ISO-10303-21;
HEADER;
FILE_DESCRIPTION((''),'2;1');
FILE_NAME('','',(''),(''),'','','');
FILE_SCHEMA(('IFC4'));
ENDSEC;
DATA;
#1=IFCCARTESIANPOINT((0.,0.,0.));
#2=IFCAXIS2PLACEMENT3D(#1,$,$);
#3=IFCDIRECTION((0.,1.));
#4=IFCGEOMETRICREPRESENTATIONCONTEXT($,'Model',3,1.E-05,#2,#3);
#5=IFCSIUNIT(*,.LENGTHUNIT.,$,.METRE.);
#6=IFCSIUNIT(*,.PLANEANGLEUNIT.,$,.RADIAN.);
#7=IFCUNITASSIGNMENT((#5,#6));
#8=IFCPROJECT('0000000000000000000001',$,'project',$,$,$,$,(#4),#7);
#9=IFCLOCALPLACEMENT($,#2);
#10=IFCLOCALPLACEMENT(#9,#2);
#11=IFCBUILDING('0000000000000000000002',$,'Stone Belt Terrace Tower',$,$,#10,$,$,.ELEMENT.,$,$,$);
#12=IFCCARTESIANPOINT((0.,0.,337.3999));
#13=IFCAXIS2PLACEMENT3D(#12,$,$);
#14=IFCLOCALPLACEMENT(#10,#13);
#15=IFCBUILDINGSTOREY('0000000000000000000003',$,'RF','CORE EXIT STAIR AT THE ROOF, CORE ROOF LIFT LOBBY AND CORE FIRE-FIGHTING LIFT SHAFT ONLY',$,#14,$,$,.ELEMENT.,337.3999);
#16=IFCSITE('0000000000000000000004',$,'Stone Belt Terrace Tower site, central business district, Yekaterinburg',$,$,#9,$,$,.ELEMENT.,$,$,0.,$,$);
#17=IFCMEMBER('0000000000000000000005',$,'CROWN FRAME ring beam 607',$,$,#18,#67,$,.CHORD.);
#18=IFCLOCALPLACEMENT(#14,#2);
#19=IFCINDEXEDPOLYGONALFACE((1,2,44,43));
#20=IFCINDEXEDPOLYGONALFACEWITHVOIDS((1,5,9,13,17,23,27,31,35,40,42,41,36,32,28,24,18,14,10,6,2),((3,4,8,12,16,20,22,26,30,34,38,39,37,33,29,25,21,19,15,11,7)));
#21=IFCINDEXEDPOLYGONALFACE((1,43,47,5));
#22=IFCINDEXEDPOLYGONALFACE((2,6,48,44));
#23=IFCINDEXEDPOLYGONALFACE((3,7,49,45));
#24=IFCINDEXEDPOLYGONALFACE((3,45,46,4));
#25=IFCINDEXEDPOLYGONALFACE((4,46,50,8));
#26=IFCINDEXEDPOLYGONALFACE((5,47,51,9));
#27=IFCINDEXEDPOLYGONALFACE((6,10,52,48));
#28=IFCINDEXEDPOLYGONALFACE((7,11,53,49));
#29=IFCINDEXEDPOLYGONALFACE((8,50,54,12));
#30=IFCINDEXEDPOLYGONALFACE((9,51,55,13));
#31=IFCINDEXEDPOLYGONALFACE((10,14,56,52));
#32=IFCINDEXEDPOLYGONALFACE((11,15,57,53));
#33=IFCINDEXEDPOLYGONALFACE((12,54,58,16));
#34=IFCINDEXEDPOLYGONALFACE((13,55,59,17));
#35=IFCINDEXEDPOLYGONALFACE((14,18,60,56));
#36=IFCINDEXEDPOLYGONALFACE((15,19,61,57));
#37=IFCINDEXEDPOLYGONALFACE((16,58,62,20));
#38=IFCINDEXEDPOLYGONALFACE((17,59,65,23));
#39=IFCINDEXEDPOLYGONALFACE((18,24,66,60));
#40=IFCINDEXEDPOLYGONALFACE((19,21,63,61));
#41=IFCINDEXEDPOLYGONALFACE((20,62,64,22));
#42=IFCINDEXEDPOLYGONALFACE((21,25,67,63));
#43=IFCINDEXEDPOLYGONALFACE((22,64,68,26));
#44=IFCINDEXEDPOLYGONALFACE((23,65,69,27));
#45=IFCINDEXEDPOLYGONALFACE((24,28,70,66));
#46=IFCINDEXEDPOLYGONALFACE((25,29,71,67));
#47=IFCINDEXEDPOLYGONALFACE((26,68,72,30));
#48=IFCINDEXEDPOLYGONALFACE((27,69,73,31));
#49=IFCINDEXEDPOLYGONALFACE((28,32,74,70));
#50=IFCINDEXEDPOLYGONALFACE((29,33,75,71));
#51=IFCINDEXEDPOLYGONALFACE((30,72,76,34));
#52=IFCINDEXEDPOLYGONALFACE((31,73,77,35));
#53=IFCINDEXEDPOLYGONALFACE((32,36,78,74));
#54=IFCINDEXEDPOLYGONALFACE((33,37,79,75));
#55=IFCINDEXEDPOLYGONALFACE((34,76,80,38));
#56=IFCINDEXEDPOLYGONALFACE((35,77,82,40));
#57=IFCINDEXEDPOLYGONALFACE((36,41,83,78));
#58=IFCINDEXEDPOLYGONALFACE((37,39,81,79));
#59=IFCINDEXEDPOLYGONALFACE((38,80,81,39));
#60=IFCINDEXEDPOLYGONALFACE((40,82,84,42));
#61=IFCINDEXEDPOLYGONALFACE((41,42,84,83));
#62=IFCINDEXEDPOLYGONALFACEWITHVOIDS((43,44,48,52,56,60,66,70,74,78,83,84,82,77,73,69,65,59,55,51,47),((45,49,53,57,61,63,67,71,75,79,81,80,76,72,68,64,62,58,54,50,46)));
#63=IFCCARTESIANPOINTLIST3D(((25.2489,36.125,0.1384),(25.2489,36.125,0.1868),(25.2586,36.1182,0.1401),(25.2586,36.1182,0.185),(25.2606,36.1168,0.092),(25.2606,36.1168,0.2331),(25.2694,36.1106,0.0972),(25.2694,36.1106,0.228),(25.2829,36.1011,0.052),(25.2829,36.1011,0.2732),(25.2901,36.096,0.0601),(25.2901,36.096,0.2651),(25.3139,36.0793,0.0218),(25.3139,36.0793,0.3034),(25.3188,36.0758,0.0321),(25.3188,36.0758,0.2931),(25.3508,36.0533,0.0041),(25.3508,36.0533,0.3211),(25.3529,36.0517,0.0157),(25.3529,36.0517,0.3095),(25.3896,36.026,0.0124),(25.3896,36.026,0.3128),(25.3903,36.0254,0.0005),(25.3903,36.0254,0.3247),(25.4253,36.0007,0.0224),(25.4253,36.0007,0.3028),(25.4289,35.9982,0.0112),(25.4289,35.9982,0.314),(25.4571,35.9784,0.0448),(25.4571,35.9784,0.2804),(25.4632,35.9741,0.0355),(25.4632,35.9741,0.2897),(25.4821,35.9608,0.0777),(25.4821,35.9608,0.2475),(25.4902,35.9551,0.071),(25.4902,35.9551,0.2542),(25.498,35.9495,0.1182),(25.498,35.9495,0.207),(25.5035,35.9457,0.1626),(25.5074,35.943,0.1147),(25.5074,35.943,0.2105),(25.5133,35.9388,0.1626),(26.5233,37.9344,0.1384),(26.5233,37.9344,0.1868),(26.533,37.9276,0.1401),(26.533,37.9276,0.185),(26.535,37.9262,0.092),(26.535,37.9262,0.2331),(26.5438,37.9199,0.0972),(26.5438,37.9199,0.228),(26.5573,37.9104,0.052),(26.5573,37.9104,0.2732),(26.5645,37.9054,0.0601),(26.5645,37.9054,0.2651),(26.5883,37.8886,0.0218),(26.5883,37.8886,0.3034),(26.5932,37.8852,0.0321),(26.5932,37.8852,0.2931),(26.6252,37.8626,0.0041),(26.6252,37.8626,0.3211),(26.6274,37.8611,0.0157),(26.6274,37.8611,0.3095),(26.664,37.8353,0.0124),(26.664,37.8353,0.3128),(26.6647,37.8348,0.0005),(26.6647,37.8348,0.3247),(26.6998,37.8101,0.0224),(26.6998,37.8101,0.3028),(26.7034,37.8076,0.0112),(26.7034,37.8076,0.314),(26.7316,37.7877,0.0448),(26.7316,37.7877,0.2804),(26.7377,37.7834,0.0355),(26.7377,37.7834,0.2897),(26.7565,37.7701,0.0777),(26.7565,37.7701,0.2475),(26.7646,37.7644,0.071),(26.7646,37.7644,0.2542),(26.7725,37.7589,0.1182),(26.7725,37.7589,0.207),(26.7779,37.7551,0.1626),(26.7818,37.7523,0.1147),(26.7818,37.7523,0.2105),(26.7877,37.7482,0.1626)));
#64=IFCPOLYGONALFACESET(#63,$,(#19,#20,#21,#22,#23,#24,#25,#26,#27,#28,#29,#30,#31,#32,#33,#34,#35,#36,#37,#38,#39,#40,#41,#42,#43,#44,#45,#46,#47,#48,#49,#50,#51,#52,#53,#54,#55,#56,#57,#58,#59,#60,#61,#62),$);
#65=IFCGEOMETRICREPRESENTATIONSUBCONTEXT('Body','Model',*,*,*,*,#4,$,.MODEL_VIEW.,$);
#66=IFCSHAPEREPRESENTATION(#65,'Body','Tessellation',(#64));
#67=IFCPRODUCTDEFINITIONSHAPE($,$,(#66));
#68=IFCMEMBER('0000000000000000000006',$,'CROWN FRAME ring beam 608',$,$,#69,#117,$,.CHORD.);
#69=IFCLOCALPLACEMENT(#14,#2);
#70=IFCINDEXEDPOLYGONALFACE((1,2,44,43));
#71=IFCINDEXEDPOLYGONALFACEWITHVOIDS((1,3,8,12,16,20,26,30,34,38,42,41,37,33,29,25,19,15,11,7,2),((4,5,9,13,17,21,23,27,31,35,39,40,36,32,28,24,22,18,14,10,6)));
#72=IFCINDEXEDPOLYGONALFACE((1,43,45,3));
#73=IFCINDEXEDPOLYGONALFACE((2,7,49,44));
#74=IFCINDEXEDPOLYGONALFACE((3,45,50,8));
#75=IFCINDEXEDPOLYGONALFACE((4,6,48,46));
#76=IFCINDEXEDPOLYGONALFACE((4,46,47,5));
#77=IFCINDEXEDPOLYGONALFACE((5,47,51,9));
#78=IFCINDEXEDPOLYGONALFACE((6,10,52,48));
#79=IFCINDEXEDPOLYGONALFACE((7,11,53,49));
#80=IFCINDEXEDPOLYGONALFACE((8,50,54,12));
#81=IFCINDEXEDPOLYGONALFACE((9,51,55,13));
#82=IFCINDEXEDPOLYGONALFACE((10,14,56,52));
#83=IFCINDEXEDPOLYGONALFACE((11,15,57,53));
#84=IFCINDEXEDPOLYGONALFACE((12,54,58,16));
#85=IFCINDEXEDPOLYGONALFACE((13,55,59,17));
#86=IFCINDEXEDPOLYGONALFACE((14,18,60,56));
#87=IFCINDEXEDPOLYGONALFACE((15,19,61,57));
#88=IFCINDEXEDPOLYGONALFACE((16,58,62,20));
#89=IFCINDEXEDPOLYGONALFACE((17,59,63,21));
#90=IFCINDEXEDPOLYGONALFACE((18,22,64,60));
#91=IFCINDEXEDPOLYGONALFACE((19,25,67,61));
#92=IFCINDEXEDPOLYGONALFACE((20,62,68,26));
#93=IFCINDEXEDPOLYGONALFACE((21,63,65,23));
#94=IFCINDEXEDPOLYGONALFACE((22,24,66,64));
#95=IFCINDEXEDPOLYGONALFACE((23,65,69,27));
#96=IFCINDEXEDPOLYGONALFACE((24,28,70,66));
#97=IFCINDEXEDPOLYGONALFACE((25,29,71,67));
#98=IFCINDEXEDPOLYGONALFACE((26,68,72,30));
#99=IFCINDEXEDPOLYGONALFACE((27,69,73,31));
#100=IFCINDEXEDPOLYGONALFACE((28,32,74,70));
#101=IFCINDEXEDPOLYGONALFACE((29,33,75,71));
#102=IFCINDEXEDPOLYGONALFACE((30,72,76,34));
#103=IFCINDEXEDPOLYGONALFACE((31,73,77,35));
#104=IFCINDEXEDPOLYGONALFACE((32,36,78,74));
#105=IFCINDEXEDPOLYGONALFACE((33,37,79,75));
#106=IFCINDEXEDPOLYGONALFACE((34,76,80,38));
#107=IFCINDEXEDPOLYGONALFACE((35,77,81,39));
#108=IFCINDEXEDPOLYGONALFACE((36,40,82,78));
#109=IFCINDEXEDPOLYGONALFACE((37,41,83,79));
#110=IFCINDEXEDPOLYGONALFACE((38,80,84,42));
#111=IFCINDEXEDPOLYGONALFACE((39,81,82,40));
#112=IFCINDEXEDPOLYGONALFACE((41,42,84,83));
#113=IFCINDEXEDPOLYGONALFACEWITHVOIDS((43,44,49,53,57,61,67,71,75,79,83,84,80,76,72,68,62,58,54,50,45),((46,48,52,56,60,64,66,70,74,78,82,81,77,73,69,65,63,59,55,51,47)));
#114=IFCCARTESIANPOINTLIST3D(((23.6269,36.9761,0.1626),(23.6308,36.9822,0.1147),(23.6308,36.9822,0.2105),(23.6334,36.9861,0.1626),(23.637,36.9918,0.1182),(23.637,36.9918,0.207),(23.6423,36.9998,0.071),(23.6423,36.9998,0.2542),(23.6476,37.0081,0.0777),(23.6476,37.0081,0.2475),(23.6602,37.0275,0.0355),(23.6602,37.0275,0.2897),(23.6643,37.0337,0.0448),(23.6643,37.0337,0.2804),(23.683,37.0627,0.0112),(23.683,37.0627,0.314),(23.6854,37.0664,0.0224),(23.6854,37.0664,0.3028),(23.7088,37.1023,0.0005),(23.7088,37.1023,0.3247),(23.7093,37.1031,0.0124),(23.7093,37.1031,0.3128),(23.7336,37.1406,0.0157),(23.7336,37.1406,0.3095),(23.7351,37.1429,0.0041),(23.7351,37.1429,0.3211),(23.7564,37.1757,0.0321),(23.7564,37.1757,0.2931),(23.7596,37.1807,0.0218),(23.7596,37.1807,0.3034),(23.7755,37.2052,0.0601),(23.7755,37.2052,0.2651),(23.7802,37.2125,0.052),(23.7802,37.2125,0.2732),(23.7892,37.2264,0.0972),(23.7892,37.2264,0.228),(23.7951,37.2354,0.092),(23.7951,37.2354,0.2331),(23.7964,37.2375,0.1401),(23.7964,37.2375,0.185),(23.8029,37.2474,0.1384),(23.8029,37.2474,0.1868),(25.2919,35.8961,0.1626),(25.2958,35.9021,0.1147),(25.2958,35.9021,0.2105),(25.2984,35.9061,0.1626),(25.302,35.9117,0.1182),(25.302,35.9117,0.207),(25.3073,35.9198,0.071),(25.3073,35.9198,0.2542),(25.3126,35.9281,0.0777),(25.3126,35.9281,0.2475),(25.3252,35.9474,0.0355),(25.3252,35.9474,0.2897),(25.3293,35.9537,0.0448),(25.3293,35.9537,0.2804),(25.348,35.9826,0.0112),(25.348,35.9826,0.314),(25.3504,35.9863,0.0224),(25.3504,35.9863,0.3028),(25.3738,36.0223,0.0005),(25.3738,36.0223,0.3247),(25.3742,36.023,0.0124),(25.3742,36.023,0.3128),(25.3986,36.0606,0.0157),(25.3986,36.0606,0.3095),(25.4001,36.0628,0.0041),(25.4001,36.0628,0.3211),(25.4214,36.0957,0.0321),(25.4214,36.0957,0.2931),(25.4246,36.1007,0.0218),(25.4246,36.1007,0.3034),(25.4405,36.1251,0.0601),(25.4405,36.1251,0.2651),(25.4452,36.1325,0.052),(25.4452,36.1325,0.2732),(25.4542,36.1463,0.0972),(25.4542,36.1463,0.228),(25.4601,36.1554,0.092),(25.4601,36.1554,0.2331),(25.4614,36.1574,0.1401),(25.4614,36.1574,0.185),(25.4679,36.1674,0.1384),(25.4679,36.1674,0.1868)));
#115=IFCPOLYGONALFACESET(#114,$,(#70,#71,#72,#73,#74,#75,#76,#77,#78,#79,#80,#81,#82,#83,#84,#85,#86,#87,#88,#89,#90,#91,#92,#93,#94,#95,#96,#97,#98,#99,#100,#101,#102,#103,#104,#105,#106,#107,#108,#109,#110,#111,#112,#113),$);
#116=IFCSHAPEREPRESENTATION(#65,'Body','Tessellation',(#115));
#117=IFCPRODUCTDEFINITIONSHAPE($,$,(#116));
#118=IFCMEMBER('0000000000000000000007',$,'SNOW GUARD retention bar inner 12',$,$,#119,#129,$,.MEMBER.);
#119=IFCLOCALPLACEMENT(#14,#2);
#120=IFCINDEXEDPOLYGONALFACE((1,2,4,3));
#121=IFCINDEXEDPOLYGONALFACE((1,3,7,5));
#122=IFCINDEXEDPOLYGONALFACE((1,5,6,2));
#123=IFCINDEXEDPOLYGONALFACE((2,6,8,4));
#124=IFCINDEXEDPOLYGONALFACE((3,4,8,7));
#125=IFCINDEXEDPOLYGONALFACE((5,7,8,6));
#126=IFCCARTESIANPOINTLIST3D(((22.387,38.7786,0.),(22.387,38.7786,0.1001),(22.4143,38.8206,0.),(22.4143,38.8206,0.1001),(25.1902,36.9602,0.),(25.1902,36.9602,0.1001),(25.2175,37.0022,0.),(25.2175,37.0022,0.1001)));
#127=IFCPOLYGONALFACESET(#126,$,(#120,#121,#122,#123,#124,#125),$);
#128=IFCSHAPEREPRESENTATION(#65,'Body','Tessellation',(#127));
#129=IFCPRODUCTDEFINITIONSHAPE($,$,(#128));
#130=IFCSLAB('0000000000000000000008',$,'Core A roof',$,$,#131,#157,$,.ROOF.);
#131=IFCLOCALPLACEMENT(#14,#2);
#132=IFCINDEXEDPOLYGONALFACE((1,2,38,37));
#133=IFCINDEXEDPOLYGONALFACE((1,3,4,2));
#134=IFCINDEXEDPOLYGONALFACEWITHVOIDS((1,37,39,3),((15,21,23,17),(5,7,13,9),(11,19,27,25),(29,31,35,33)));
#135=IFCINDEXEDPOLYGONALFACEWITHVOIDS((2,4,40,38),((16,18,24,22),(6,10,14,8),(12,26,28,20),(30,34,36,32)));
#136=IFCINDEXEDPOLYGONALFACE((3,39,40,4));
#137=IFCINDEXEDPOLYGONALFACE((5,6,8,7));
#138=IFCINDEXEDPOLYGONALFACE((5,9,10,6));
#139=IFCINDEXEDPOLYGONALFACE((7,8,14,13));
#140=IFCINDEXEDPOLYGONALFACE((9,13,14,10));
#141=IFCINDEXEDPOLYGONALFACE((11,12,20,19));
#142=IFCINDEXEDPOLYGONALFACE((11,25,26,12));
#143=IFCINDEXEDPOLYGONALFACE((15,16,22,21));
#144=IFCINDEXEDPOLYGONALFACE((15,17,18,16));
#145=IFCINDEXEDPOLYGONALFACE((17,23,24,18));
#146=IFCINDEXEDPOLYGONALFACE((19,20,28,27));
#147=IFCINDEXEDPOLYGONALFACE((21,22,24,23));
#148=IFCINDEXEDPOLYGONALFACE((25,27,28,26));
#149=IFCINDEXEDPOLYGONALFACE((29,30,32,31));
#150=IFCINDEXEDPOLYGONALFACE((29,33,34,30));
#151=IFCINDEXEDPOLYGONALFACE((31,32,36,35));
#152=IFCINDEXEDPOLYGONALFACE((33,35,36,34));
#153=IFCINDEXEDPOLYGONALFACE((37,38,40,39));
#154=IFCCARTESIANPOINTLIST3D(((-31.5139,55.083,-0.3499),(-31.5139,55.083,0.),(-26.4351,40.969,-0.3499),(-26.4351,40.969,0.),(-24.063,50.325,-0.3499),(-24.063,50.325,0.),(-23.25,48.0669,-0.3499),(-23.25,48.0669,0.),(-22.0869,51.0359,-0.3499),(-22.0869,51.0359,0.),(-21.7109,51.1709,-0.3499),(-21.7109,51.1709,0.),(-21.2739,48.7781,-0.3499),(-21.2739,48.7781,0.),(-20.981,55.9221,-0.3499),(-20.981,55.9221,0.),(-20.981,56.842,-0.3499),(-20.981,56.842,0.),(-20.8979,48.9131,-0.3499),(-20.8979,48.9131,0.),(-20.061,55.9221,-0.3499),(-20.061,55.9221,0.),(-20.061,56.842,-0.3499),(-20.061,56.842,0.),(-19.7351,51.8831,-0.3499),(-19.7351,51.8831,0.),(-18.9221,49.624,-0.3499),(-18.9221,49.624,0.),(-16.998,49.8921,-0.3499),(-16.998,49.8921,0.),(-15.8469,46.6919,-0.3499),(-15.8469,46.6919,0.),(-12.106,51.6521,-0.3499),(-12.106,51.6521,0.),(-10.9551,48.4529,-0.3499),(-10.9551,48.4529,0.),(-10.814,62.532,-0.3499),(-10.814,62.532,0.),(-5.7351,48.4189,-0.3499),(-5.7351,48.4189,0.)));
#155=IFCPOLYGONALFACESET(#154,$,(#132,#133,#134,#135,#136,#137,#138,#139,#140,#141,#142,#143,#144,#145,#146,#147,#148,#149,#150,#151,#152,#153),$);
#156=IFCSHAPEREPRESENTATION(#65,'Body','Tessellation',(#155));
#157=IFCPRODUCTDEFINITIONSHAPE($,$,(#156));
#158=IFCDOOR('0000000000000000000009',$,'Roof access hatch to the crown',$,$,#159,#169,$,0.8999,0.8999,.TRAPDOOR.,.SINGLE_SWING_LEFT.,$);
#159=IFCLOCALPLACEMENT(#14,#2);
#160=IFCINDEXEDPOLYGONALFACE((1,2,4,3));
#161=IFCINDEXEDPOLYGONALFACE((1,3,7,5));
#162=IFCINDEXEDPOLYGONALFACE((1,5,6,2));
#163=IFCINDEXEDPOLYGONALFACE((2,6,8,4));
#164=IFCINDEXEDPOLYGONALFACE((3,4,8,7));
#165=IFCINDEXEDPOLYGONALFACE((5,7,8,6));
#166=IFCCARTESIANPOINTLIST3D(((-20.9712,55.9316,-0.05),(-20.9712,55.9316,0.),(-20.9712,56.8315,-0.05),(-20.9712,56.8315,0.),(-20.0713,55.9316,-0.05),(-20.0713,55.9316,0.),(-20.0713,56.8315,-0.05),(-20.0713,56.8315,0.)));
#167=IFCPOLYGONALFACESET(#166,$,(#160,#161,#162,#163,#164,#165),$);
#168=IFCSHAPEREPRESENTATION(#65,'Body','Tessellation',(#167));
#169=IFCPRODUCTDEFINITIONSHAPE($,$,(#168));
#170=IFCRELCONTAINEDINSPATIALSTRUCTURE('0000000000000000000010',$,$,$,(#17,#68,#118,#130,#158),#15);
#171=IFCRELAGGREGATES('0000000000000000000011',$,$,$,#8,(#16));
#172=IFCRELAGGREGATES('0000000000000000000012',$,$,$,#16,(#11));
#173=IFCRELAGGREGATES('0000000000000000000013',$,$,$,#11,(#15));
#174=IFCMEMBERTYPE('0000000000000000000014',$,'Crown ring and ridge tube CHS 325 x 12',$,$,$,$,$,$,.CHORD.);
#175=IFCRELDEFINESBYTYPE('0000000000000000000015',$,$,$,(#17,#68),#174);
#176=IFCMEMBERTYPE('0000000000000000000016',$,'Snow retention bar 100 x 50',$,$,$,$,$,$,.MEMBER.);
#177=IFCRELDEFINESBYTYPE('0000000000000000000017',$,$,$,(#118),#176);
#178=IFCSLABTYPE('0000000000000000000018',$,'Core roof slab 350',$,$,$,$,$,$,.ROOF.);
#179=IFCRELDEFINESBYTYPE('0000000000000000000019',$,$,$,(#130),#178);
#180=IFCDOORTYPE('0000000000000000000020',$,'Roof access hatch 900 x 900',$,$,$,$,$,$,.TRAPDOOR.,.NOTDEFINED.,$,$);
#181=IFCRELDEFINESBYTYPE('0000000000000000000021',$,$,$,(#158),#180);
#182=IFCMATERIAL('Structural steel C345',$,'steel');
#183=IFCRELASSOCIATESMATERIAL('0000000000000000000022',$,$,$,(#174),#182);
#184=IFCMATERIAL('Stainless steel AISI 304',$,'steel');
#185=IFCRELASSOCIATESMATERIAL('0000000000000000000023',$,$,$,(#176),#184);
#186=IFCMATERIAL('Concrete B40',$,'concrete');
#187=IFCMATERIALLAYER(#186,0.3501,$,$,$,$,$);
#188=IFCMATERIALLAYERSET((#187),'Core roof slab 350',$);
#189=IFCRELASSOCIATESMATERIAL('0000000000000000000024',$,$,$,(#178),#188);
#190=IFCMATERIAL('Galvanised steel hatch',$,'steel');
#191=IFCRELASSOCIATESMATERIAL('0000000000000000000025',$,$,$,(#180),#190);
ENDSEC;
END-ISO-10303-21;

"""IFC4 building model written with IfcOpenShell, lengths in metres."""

from ifc_helpers import new_model, si_unit, direction, frame, origin, origin_2d, place, context, subcontext, project, spatial, polyline, rectangle, hollow_circle, outline, extrude, material, layer, layer_set, material_profile, profile_set, type_object, element, fill, save


model = new_model("IFC4")

# Units and contexts
model_context = context("Model", 3, precision=1e-05, world=origin(), true_north=direction((0.0, 1.0)))
body_context = subcontext(model_context, "Body", "Model", "MODEL_VIEW")
ifc_project = project(units=[si_unit("LENGTHUNIT", "METRE"), si_unit("PLANEANGLEUNIT", "RADIAN")], contexts=[model_context])

# Site, building, storey
site_placement = place(None, origin())
site = spatial("IfcSite", under=ifc_project, at=site_placement, Name="Stone Belt Terrace Tower site, central business district, Yekaterinburg", CompositionType="ELEMENT", RefElevation=0.0)
building_placement = place(site_placement, origin())
building = spatial("IfcBuilding", under=site, at=building_placement, Name="Stone Belt Terrace Tower", CompositionType="ELEMENT")
storey_placement = place(building_placement, frame((0.0, 0.0, 337.3999)))
storey = spatial("IfcBuildingStorey", under=building, at=storey_placement, Name="RF", Description="CORE EXIT STAIR AT THE ROOF, CORE ROOF LIFT LOBBY AND CORE FIRE-FIGHTING LIFT SHAFT ONLY", CompositionType="ELEMENT", Elevation=337.3999)

# Members
ifc_material_1 = material(Name="Structural steel C345", Category="steel")
ifc_material_profile_1 = material_profile(ifc_material_1, hollow_circle(Radius=0.1626, WallThickness=0.012, at=origin_2d()), Name="Structural steel C345 CHS 325x12")
ifc_profile_set_1 = profile_set([ifc_material_profile_1], Name="Structural steel C345")
member_type_1 = type_object("IfcMemberType", Name="Crown ring and ridge tube CHS 325 x 12", PredefinedType="CHORD", material=ifc_profile_set_1)
for number, where, z_axis, x_axis, name in (
    (1, (26.6548, 37.8418, 0.1626), (-0.575851, -0.817554, 0.0), (0.817554, -0.575851, 0.0), "CROWN FRAME ring beam 607"),
):
    element("IfcMember", number, at=place(storey_placement, frame(where, z_axis=z_axis, x_axis=x_axis)), inside=storey, type_object=member_type_1, Name=name, PredefinedType="CHORD", context=body_context, shape_type="SweptSolid", body=[
        extrude(hollow_circle(Radius=0.1626, WallThickness=0.012, at=origin_2d()), origin(), (0.0, 0.0, 1.0), 2.2131),
    ])
member_1_placement = place(storey_placement, frame((25.3804, 36.0325, 0.1626), z_axis=(-0.838949, 0.54421, 0.0), x_axis=(-0.54421, -0.838949, 0.0)))
element("IfcMember", 2, at=member_1_placement, inside=storey, type_object=member_type_1, Name="CROWN FRAME ring beam 608", PredefinedType="CHORD", context=body_context, shape_type="SweptSolid", body=[
    extrude(hollow_circle(Radius=0.1626, WallThickness=0.012, at=origin_2d()), origin(), (0.0, 0.0, 1.0), 1.9846),
])
ifc_material_2 = material(Name="Stainless steel AISI 304", Category="steel")
ifc_material_profile_2 = material_profile(ifc_material_2, rectangle(XDim=0.05, YDim=0.1001, at=origin_2d()), Name="Stainless steel AISI 304 100x50")
ifc_profile_set_2 = profile_set([ifc_material_profile_2], Name="Stainless steel AISI 304")
member_type_2 = type_object("IfcMemberType", Name="Snow retention bar 100 x 50", PredefinedType="MEMBER", material=ifc_profile_set_2)
member_2_placement = place(storey_placement, frame((22.4006, 38.7996, 0.05), z_axis=(0.838954, -0.544202, 0.0), x_axis=(0.544202, 0.838954, 0.0)))
element("IfcMember", 3, at=member_2_placement, inside=storey, type_object=member_type_2, Name="SNOW GUARD retention bar inner 12", PredefinedType="MEMBER", context=body_context, shape_type="SweptSolid", body=[
    extrude(rectangle(XDim=0.05, YDim=0.1001, at=origin_2d()), origin(), (0.0, 0.0, 1.0), 3.3413),
])

# Slab, opening, door
ifc_material_3 = material(Name="Concrete B40", Category="concrete")
ifc_layer_1 = layer(ifc_material_3, 0.3501)
ifc_layer_set_1 = layer_set([ifc_layer_1], Name="Core roof slab 350")
slab_type = type_object("IfcSlabType", Name="Core roof slab 350", PredefinedType="ROOF", material=ifc_layer_set_1)
slab_1_placement = place(storey_placement, frame((0.0, 0.0, -0.3499)))
slab_1 = element("IfcSlab", 4, at=slab_1_placement, inside=storey, type_object=slab_type, Name="Core A roof", PredefinedType="ROOF", context=body_context, shape_type="SweptSolid", body=[
    extrude(outline(polyline([(-26.4351, 40.969), (-5.7351, 48.4189), (-10.814, 62.532), (-31.5139, 55.083), (-26.4351, 40.969)]), holes=[polyline([(-12.106, 51.6521), (-10.9551, 48.4529), (-15.8469, 46.6919), (-16.998, 49.8921), (-12.106, 51.6521)]), polyline([(-24.063, 50.325), (-22.0869, 51.0359), (-21.2739, 48.7781), (-23.25, 48.0669), (-24.063, 50.325)]), polyline([(-21.7109, 51.1709), (-19.7351, 51.8831), (-18.9221, 49.624), (-20.8979, 48.9131), (-21.7109, 51.1709)]), polyline([(-20.061, 56.842), (-20.061, 55.9221), (-20.981, 55.9221), (-20.981, 56.842), (-20.061, 56.842)])]), origin(), (0.0, 0.0, 1.0), 0.3499),
])
opening_placement = place(slab_1_placement, frame((-20.5212, 56.3816, 0.0)))
opening = element("IfcOpeningElement", 5, at=opening_placement, cuts=slab_1, PredefinedType="OPENING", context=body_context, shape_type="SweptSolid", body=[
    extrude(rectangle(XDim=0.8999, YDim=0.8999, at=origin_2d()), frame((0.0, 0.0, -0.01)), (0.0, 0.0, 1.0), 0.3699),
])
ifc_material_4 = material(Name="Galvanised steel hatch", Category="steel")
door_type = type_object("IfcDoorType", Name="Roof access hatch 900 x 900", OperationType="NOTDEFINED", PredefinedType="TRAPDOOR", material=ifc_material_4)
door_placement = place(opening_placement, frame((0.0, 0.0, 0.2998)))
door = element("IfcDoor", 6, at=door_placement, inside=storey, type_object=door_type, Name="Roof access hatch to the crown", OperationType="SINGLE_SWING_LEFT", OverallHeight=0.8999, OverallWidth=0.8999, PredefinedType="TRAPDOOR", context=body_context, shape_type="SweptSolid", body=[
    extrude(rectangle(XDim=0.8999, YDim=0.8999, at=origin_2d()), origin(), (0.0, 0.0, 1.0), 0.05),
])
fill(opening, door)

save(model, "model.ifc")
